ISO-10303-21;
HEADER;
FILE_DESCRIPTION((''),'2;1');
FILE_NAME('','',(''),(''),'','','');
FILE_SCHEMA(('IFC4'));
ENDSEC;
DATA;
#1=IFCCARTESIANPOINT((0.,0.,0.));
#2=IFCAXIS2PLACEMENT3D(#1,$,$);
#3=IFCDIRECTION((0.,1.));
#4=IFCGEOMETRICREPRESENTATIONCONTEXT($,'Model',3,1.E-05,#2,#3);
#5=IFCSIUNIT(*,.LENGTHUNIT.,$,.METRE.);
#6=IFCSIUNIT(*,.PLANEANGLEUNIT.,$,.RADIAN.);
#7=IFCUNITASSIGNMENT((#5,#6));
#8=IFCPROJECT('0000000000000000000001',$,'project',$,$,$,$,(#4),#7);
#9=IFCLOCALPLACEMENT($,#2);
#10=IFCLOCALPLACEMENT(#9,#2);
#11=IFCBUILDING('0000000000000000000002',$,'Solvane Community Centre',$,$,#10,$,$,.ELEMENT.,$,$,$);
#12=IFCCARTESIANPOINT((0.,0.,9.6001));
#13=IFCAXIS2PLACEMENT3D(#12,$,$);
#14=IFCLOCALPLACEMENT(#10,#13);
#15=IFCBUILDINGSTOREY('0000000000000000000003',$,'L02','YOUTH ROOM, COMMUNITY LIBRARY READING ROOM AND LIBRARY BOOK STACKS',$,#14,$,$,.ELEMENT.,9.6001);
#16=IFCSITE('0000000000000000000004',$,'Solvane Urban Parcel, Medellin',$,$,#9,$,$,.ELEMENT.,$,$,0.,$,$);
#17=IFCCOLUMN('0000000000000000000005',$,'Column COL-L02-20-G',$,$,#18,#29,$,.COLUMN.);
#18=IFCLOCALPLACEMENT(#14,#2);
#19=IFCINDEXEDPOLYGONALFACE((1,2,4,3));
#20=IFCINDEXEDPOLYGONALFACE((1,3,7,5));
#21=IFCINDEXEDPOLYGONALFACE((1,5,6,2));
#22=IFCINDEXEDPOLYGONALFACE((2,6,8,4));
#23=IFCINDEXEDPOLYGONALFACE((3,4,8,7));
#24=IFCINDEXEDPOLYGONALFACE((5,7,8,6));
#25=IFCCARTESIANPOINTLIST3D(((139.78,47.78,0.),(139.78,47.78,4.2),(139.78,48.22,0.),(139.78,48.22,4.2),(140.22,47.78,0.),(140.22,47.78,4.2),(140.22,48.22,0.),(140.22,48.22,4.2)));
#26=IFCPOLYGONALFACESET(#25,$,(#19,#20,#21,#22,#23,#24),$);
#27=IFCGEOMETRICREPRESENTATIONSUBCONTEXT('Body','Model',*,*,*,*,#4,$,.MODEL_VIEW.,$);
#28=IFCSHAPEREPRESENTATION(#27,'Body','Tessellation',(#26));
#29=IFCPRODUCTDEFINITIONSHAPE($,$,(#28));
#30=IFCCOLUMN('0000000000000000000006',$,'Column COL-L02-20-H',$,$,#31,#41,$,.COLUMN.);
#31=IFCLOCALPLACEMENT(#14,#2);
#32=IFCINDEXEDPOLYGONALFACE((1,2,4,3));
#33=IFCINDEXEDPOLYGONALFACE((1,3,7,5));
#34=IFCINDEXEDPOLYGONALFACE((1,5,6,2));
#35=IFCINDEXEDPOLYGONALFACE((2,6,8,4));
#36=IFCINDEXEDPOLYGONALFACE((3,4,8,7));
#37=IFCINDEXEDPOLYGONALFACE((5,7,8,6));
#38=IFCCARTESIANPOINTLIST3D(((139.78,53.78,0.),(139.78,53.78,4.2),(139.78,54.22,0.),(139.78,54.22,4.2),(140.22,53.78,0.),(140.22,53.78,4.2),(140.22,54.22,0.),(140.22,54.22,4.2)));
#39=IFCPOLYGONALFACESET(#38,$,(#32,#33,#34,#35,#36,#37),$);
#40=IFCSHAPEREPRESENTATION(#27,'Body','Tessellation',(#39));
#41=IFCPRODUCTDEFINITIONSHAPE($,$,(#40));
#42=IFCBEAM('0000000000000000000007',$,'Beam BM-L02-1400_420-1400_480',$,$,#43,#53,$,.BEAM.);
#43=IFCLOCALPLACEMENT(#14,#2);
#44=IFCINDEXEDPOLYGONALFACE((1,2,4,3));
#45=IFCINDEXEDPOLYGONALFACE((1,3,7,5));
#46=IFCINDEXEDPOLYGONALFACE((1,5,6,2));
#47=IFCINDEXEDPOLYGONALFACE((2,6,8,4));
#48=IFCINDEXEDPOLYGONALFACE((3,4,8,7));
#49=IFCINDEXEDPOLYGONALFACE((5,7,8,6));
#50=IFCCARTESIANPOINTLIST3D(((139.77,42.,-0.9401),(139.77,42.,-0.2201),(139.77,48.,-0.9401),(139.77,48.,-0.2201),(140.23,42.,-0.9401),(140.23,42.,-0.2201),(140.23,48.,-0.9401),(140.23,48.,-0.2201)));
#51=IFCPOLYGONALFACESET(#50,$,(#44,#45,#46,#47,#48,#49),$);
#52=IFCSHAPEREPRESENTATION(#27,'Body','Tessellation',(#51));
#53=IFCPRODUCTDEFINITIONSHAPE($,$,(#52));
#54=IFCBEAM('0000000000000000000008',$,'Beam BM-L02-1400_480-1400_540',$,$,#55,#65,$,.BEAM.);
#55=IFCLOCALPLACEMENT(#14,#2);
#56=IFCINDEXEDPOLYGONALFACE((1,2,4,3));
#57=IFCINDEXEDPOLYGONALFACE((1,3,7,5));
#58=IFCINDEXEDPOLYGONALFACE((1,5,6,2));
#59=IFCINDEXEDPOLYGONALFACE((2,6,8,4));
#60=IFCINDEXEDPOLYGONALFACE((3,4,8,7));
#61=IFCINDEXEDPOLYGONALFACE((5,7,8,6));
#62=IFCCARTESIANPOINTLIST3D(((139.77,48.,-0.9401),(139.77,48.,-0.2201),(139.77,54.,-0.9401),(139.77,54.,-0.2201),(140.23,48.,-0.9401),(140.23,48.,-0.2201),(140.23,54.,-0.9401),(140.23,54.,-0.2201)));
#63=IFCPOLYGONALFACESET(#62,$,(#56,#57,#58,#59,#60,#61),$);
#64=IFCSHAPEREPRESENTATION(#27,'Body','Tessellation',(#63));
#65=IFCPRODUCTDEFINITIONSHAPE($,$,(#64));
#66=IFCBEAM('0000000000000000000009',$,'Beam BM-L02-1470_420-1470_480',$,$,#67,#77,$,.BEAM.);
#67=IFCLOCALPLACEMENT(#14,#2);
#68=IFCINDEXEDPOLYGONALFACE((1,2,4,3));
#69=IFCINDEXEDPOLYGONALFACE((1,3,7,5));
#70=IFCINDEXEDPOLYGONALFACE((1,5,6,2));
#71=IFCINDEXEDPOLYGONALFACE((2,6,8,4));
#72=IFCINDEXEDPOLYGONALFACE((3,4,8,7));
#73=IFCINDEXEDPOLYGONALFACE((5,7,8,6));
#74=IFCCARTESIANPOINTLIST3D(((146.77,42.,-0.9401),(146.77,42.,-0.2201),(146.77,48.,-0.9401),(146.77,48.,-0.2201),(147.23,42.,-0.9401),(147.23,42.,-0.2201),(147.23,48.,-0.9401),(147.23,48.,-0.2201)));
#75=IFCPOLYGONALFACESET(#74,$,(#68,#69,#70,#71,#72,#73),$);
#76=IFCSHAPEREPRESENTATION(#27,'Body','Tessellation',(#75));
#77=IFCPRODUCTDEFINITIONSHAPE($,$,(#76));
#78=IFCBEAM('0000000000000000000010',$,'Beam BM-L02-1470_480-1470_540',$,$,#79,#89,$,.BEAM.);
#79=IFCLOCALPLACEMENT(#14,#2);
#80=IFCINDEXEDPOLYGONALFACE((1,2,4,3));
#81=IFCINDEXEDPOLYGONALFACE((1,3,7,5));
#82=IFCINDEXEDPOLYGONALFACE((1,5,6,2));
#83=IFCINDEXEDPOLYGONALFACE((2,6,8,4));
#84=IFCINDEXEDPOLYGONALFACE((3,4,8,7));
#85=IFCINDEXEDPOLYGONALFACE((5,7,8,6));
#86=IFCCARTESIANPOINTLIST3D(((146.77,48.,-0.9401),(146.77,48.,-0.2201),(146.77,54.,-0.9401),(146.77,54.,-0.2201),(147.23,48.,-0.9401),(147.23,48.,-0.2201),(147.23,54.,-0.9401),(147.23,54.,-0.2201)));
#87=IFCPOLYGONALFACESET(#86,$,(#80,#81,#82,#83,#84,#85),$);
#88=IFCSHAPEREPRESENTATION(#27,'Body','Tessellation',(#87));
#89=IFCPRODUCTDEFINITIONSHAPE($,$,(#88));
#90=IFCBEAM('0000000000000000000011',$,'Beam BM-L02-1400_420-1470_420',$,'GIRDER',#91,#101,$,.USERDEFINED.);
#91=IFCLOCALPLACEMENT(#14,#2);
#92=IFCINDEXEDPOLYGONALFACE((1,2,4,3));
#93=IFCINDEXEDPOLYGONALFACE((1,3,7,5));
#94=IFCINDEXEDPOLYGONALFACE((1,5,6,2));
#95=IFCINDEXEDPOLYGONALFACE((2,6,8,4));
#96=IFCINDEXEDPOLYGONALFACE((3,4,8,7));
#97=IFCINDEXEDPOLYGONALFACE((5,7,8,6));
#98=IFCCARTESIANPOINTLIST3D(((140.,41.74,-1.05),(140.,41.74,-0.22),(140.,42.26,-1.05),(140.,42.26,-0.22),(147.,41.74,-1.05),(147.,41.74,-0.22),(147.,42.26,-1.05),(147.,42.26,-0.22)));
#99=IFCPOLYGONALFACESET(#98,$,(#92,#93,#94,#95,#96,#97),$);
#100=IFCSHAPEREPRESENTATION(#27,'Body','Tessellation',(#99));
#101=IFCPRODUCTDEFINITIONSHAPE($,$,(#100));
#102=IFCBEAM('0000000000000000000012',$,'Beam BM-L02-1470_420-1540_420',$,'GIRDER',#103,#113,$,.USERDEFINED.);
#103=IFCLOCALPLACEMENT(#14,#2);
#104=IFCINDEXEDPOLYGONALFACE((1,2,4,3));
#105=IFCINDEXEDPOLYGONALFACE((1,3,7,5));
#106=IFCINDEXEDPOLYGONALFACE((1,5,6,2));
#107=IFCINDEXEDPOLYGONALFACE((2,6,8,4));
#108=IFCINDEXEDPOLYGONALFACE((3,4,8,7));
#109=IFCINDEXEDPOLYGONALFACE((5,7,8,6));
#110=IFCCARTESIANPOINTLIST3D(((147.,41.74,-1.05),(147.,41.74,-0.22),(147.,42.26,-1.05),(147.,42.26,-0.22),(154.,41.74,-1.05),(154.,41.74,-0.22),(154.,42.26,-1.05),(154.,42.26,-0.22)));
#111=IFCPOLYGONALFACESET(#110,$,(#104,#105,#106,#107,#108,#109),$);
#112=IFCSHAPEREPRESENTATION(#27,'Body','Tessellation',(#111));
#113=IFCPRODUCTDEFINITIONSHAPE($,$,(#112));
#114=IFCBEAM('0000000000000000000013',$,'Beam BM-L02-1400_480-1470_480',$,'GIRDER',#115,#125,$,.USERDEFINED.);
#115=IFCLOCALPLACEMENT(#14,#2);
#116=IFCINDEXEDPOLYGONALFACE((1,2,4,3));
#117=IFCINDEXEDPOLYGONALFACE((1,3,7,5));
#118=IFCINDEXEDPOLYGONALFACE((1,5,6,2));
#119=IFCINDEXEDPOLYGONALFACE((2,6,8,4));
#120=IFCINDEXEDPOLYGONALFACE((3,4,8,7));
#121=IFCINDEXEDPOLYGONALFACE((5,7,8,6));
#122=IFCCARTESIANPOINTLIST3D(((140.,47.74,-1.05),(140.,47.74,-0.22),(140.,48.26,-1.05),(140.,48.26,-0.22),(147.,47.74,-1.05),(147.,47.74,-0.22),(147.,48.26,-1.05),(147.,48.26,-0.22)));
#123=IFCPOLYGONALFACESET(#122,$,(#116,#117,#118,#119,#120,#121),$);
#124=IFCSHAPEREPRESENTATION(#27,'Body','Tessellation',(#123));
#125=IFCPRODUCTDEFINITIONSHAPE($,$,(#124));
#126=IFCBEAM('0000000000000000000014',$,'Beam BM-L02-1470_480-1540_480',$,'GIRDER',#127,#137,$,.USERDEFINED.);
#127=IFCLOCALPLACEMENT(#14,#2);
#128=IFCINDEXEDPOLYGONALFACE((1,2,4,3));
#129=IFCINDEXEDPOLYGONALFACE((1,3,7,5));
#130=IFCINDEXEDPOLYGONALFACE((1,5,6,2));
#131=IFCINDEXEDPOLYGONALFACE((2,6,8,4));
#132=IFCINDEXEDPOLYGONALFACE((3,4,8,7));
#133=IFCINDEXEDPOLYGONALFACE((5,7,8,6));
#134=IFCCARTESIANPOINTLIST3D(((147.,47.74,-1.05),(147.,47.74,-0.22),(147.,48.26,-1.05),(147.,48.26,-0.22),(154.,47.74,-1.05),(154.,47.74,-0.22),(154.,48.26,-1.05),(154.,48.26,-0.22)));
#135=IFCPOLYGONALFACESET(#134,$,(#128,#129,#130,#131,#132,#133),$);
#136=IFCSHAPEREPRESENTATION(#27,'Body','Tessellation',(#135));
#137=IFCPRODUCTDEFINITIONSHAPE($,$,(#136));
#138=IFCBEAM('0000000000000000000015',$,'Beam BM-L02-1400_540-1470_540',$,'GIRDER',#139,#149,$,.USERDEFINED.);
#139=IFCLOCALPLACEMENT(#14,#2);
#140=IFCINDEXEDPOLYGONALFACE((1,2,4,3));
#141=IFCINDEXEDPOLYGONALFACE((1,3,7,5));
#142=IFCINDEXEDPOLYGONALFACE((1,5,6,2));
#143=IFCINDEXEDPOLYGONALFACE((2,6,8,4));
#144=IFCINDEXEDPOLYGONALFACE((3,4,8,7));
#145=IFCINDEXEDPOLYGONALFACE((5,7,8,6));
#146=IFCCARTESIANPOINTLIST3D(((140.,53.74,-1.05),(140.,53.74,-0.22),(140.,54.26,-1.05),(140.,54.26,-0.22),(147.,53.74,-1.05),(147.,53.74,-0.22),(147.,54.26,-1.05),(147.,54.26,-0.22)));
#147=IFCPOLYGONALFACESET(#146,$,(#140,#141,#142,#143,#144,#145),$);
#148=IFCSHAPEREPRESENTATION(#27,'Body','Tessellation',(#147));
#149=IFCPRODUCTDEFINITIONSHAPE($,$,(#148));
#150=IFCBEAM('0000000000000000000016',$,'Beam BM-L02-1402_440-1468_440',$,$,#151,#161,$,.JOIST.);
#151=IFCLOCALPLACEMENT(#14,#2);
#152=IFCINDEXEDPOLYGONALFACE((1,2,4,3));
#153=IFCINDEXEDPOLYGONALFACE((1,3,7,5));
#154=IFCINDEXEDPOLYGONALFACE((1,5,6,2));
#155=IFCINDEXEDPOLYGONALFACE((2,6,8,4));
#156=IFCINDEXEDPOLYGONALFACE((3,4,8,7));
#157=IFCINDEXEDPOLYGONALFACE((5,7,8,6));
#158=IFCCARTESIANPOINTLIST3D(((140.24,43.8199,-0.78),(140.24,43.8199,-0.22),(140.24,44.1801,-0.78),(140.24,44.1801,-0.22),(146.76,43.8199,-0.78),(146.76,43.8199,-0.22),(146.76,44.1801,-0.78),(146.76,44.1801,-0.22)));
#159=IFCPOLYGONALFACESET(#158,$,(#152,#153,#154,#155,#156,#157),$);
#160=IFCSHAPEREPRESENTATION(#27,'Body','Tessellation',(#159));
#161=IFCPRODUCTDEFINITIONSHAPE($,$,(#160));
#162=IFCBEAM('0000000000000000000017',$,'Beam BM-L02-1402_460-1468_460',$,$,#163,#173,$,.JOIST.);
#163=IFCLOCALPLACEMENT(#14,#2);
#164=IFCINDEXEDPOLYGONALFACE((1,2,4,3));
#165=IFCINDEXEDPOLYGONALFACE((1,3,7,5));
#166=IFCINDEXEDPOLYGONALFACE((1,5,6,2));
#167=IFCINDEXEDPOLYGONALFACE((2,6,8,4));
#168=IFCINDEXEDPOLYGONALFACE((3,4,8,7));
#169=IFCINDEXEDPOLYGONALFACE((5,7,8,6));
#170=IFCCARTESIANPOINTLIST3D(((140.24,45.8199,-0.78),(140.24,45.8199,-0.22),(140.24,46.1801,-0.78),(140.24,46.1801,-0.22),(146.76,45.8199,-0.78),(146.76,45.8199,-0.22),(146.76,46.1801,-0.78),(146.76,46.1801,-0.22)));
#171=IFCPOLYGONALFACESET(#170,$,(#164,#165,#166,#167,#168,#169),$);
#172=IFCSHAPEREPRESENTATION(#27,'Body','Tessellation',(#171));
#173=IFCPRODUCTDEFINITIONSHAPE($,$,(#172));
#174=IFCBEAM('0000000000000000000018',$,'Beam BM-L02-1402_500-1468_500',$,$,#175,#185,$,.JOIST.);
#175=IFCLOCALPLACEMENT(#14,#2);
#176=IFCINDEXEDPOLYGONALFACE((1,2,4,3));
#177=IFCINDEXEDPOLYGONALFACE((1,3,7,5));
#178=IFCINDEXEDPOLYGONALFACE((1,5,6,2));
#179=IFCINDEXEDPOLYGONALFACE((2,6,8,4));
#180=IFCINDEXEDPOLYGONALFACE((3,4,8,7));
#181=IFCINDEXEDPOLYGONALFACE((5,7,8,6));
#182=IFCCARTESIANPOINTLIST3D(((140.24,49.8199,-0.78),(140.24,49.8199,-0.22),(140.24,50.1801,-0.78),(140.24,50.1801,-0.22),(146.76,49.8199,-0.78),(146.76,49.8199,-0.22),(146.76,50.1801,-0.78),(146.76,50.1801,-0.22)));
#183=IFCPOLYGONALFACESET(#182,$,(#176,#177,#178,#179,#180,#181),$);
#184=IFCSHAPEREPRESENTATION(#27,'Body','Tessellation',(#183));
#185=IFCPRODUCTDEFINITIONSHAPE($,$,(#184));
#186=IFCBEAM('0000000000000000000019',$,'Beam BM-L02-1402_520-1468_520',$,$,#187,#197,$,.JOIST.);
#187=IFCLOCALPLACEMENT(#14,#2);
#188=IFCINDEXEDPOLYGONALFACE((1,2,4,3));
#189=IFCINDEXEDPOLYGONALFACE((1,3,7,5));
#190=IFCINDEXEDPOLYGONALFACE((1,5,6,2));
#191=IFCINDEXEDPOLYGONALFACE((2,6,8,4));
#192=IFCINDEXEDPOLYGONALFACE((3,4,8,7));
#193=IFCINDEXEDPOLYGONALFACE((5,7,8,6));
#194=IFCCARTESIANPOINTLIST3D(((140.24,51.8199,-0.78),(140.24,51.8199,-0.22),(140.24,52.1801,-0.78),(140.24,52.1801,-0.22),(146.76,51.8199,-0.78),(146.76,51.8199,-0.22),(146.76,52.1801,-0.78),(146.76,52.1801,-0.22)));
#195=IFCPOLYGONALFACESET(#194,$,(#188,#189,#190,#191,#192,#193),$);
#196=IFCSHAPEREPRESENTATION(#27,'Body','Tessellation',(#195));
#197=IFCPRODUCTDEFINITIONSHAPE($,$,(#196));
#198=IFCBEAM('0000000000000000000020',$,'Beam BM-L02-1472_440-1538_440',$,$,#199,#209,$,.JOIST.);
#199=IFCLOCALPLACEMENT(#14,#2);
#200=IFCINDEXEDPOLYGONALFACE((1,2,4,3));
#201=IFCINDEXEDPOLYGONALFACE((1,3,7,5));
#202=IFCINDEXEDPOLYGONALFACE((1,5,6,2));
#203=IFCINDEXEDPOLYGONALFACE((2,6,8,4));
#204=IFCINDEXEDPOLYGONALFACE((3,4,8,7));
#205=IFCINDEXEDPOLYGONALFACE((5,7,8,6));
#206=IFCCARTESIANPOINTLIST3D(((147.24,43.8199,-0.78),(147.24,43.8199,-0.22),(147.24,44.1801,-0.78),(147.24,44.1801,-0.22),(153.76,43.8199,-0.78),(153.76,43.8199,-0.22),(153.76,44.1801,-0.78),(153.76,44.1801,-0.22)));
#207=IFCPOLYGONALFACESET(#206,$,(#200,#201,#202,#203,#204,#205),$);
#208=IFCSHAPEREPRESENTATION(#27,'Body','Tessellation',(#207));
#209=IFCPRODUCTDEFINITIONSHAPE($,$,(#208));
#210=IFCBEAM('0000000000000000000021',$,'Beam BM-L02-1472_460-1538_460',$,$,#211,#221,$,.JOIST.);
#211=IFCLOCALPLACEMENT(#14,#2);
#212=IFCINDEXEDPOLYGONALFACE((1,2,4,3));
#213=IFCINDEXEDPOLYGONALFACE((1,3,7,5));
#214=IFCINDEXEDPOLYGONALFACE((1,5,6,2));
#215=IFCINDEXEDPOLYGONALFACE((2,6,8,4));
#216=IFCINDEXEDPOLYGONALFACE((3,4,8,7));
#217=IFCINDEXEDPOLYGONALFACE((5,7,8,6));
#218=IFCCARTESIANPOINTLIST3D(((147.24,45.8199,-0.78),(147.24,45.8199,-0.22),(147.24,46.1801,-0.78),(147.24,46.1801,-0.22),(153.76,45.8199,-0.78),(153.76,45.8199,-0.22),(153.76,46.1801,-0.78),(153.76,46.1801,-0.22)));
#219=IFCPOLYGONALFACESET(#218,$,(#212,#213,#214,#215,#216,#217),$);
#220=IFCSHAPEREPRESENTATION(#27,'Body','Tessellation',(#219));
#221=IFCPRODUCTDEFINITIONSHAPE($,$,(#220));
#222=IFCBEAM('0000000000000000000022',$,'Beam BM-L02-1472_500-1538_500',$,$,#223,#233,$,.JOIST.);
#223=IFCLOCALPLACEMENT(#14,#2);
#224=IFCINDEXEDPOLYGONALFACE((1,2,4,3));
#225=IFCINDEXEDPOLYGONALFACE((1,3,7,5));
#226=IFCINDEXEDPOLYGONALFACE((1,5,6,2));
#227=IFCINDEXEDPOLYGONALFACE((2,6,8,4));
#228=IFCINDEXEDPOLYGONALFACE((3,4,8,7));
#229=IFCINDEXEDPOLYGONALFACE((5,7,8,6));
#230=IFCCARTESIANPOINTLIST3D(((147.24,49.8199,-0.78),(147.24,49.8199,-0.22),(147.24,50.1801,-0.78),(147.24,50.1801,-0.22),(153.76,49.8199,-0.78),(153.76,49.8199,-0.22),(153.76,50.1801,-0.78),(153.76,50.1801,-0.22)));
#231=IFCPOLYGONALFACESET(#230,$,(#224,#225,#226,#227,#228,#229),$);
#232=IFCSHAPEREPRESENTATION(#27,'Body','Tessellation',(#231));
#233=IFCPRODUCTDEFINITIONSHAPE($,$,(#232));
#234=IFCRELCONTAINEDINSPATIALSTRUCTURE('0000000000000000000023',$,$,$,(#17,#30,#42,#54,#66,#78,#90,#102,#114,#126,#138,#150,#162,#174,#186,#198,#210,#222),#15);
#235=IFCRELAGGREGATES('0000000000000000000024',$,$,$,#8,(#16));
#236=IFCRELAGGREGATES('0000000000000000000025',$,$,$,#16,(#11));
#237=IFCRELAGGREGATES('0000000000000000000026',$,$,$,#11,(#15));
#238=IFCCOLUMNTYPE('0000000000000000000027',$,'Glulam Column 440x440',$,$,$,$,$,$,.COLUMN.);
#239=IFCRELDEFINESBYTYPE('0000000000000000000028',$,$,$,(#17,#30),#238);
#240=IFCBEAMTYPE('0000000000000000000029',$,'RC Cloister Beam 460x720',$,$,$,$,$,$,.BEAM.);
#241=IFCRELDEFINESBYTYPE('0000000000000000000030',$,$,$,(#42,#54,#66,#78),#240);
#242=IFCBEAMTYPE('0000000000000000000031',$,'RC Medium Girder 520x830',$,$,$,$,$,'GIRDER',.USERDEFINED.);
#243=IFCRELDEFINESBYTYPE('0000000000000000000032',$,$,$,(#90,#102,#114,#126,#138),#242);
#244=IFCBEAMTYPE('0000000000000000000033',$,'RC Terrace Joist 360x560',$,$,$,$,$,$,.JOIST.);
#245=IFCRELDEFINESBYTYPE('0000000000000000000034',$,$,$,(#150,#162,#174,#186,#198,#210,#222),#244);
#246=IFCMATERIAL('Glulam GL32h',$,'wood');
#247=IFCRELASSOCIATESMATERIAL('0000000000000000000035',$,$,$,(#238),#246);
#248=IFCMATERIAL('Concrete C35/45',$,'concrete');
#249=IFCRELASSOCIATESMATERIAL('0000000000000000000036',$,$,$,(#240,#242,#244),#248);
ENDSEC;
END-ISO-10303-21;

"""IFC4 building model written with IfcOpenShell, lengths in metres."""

from ifc_helpers import new_model, si_unit, direction, frame, origin, origin_2d, place, context, subcontext, project, spatial, rectangle, extrude, material, material_profile, profile_set, type_object, element, save


model = new_model("IFC4")

# Units and contexts
model_context = context("Model", 3, precision=1e-05, world=origin(), true_north=direction((0.0, 1.0)))
body_context = subcontext(model_context, "Body", "Model", "MODEL_VIEW")
ifc_project = project(units=[si_unit("LENGTHUNIT", "METRE"), si_unit("PLANEANGLEUNIT", "RADIAN")], contexts=[model_context])

# Site, building, storey
site_placement = place(None, origin())
site = spatial("IfcSite", under=ifc_project, at=site_placement, Name="Solvane Urban Parcel, Medellin", CompositionType="ELEMENT", RefElevation=0.0)
building_placement = place(site_placement, origin())
building = spatial("IfcBuilding", under=site, at=building_placement, Name="Solvane Community Centre", CompositionType="ELEMENT")
storey_placement = place(building_placement, frame((0.0, 0.0, 9.6001)))
storey = spatial("IfcBuildingStorey", under=building, at=storey_placement, Name="L02", Description="YOUTH ROOM, COMMUNITY LIBRARY READING ROOM AND LIBRARY BOOK STACKS", CompositionType="ELEMENT", Elevation=9.6001)

# Columns
ifc_material_1 = material(Name="Glulam GL32h", Category="wood")
ifc_material_profile_1 = material_profile(ifc_material_1, rectangle(XDim=0.4399, YDim=0.4399, at=origin_2d()), Name="GL32h 440x440")
ifc_profile_set_1 = profile_set([ifc_material_profile_1], Name="Glulam GL32h")
column_type = type_object("IfcColumnType", Name="Glulam Column 440x440", PredefinedType="COLUMN", material=ifc_profile_set_1)
for number, where, z_axis, x_axis, name in (
    (1, (140.0, 48.0, 0.0), (0.0, 0.0, 1.0), (1.0, 0.0, 0.0), "Column COL-L02-20-G"),
    (2, (140.0, 54.0, 0.0), (0.0, 0.0, 1.0), (1.0, 0.0, 0.0), "Column COL-L02-20-H"),
):
    element("IfcColumn", number, at=place(storey_placement, frame(where, z_axis=z_axis, x_axis=x_axis)), inside=storey, type_object=column_type, Name=name, PredefinedType="COLUMN", context=body_context, shape_type="SweptSolid", body=[
        extrude(rectangle(XDim=0.4399, YDim=0.4399, at=origin_2d()), origin(), (0.0, 0.0, 1.0), 4.2),
    ])

# Beams
ifc_material_2 = material(Name="Concrete C35/45", Category="concrete")
ifc_material_profile_2 = material_profile(ifc_material_2, rectangle(XDim=0.46, YDim=0.72, at=origin_2d()), Name="RC 460x720")
ifc_profile_set_2 = profile_set([ifc_material_profile_2], Name="Concrete C35/45")
beam_type_1 = type_object("IfcBeamType", Name="RC Cloister Beam 460x720", PredefinedType="BEAM", material=ifc_profile_set_2)
for number, where, z_axis, x_axis, name in (
    (3, (140.0, 42.0, -0.5801), (0.0, 1.0, 0.0), (-1.0, 0.0, 0.0), "Beam BM-L02-1400_420-1400_480"),
    (4, (140.0, 48.0, -0.5801), (0.0, 1.0, 0.0), (-1.0, 0.0, 0.0), "Beam BM-L02-1400_480-1400_540"),
    (5, (147.0, 42.0, -0.5801), (0.0, 1.0, 0.0), (-1.0, 0.0, 0.0), "Beam BM-L02-1470_420-1470_480"),
    (6, (147.0, 48.0, -0.5801), (0.0, 1.0, 0.0), (-1.0, 0.0, 0.0), "Beam BM-L02-1470_480-1470_540"),
):
    element("IfcBeam", number, at=place(storey_placement, frame(where, z_axis=z_axis, x_axis=x_axis)), inside=storey, type_object=beam_type_1, Name=name, PredefinedType="BEAM", context=body_context, shape_type="SweptSolid", body=[
        extrude(rectangle(XDim=0.46, YDim=0.72, at=origin_2d()), origin(), (0.0, 0.0, 1.0), 6.0),
    ])
ifc_material_profile_3 = material_profile(ifc_material_2, rectangle(XDim=0.52, YDim=0.8301, at=origin_2d()), Name="RC 520x830")
ifc_profile_set_3 = profile_set([ifc_material_profile_3], Name="Concrete C35/45")
beam_type_2 = type_object("IfcBeamType", Name="RC Medium Girder 520x830", ElementType="GIRDER", PredefinedType="USERDEFINED", material=ifc_profile_set_3)
for number, where, z_axis, x_axis, name in (
    (7, (140.0, 42.0, -0.635), (1.0, 0.0, 0.0), (0.0, 1.0, 0.0), "Beam BM-L02-1400_420-1470_420"),
    (8, (147.0, 42.0, -0.635), (1.0, 0.0, 0.0), (0.0, 1.0, 0.0), "Beam BM-L02-1470_420-1540_420"),
    (9, (140.0, 48.0, -0.635), (1.0, 0.0, 0.0), (0.0, 1.0, 0.0), "Beam BM-L02-1400_480-1470_480"),
    (10, (147.0, 48.0, -0.635), (1.0, 0.0, 0.0), (0.0, 1.0, 0.0), "Beam BM-L02-1470_480-1540_480"),
    (11, (140.0, 54.0, -0.635), (1.0, 0.0, 0.0), (0.0, 1.0, 0.0), "Beam BM-L02-1400_540-1470_540"),
):
    element("IfcBeam", number, at=place(storey_placement, frame(where, z_axis=z_axis, x_axis=x_axis)), inside=storey, type_object=beam_type_2, Name=name, ObjectType="GIRDER", PredefinedType="USERDEFINED", context=body_context, shape_type="SweptSolid", body=[
        extrude(rectangle(XDim=0.52, YDim=0.8301, at=origin_2d()), origin(), (0.0, 0.0, 1.0), 7.0),
    ])
ifc_material_profile_4 = material_profile(ifc_material_2, rectangle(XDim=0.3601, YDim=0.5601, at=origin_2d()), Name="RC 360x560")
ifc_profile_set_4 = profile_set([ifc_material_profile_4], Name="Concrete C35/45")
beam_type_3 = type_object("IfcBeamType", Name="RC Terrace Joist 360x560", PredefinedType="JOIST", material=ifc_profile_set_4)
for number, where, z_axis, x_axis, name in (
    (12, (140.24, 44.0, -0.5), (1.0, 0.0, 0.0), (0.0, 1.0, 0.0), "Beam BM-L02-1402_440-1468_440"),
    (13, (140.24, 46.0, -0.5), (1.0, 0.0, 0.0), (0.0, 1.0, 0.0), "Beam BM-L02-1402_460-1468_460"),
    (14, (140.24, 50.0, -0.5), (1.0, 0.0, 0.0), (0.0, 1.0, 0.0), "Beam BM-L02-1402_500-1468_500"),
    (15, (140.24, 52.0, -0.5), (1.0, 0.0, 0.0), (0.0, 1.0, 0.0), "Beam BM-L02-1402_520-1468_520"),
    (16, (147.24, 44.0, -0.5), (1.0, 0.0, 0.0), (0.0, 1.0, 0.0), "Beam BM-L02-1472_440-1538_440"),
    (17, (147.24, 46.0, -0.5), (1.0, 0.0, 0.0), (0.0, 1.0, 0.0), "Beam BM-L02-1472_460-1538_460"),
    (18, (147.24, 50.0, -0.5), (1.0, 0.0, 0.0), (0.0, 1.0, 0.0), "Beam BM-L02-1472_500-1538_500"),
):
    element("IfcBeam", number, at=place(storey_placement, frame(where, z_axis=z_axis, x_axis=x_axis)), inside=storey, type_object=beam_type_3, Name=name, PredefinedType="JOIST", context=body_context, shape_type="SweptSolid", body=[
        extrude(rectangle(XDim=0.3601, YDim=0.5601, at=origin_2d()), origin(), (0.0, 0.0, 1.0), 6.52),
    ])

save(model, "model.ifc")
